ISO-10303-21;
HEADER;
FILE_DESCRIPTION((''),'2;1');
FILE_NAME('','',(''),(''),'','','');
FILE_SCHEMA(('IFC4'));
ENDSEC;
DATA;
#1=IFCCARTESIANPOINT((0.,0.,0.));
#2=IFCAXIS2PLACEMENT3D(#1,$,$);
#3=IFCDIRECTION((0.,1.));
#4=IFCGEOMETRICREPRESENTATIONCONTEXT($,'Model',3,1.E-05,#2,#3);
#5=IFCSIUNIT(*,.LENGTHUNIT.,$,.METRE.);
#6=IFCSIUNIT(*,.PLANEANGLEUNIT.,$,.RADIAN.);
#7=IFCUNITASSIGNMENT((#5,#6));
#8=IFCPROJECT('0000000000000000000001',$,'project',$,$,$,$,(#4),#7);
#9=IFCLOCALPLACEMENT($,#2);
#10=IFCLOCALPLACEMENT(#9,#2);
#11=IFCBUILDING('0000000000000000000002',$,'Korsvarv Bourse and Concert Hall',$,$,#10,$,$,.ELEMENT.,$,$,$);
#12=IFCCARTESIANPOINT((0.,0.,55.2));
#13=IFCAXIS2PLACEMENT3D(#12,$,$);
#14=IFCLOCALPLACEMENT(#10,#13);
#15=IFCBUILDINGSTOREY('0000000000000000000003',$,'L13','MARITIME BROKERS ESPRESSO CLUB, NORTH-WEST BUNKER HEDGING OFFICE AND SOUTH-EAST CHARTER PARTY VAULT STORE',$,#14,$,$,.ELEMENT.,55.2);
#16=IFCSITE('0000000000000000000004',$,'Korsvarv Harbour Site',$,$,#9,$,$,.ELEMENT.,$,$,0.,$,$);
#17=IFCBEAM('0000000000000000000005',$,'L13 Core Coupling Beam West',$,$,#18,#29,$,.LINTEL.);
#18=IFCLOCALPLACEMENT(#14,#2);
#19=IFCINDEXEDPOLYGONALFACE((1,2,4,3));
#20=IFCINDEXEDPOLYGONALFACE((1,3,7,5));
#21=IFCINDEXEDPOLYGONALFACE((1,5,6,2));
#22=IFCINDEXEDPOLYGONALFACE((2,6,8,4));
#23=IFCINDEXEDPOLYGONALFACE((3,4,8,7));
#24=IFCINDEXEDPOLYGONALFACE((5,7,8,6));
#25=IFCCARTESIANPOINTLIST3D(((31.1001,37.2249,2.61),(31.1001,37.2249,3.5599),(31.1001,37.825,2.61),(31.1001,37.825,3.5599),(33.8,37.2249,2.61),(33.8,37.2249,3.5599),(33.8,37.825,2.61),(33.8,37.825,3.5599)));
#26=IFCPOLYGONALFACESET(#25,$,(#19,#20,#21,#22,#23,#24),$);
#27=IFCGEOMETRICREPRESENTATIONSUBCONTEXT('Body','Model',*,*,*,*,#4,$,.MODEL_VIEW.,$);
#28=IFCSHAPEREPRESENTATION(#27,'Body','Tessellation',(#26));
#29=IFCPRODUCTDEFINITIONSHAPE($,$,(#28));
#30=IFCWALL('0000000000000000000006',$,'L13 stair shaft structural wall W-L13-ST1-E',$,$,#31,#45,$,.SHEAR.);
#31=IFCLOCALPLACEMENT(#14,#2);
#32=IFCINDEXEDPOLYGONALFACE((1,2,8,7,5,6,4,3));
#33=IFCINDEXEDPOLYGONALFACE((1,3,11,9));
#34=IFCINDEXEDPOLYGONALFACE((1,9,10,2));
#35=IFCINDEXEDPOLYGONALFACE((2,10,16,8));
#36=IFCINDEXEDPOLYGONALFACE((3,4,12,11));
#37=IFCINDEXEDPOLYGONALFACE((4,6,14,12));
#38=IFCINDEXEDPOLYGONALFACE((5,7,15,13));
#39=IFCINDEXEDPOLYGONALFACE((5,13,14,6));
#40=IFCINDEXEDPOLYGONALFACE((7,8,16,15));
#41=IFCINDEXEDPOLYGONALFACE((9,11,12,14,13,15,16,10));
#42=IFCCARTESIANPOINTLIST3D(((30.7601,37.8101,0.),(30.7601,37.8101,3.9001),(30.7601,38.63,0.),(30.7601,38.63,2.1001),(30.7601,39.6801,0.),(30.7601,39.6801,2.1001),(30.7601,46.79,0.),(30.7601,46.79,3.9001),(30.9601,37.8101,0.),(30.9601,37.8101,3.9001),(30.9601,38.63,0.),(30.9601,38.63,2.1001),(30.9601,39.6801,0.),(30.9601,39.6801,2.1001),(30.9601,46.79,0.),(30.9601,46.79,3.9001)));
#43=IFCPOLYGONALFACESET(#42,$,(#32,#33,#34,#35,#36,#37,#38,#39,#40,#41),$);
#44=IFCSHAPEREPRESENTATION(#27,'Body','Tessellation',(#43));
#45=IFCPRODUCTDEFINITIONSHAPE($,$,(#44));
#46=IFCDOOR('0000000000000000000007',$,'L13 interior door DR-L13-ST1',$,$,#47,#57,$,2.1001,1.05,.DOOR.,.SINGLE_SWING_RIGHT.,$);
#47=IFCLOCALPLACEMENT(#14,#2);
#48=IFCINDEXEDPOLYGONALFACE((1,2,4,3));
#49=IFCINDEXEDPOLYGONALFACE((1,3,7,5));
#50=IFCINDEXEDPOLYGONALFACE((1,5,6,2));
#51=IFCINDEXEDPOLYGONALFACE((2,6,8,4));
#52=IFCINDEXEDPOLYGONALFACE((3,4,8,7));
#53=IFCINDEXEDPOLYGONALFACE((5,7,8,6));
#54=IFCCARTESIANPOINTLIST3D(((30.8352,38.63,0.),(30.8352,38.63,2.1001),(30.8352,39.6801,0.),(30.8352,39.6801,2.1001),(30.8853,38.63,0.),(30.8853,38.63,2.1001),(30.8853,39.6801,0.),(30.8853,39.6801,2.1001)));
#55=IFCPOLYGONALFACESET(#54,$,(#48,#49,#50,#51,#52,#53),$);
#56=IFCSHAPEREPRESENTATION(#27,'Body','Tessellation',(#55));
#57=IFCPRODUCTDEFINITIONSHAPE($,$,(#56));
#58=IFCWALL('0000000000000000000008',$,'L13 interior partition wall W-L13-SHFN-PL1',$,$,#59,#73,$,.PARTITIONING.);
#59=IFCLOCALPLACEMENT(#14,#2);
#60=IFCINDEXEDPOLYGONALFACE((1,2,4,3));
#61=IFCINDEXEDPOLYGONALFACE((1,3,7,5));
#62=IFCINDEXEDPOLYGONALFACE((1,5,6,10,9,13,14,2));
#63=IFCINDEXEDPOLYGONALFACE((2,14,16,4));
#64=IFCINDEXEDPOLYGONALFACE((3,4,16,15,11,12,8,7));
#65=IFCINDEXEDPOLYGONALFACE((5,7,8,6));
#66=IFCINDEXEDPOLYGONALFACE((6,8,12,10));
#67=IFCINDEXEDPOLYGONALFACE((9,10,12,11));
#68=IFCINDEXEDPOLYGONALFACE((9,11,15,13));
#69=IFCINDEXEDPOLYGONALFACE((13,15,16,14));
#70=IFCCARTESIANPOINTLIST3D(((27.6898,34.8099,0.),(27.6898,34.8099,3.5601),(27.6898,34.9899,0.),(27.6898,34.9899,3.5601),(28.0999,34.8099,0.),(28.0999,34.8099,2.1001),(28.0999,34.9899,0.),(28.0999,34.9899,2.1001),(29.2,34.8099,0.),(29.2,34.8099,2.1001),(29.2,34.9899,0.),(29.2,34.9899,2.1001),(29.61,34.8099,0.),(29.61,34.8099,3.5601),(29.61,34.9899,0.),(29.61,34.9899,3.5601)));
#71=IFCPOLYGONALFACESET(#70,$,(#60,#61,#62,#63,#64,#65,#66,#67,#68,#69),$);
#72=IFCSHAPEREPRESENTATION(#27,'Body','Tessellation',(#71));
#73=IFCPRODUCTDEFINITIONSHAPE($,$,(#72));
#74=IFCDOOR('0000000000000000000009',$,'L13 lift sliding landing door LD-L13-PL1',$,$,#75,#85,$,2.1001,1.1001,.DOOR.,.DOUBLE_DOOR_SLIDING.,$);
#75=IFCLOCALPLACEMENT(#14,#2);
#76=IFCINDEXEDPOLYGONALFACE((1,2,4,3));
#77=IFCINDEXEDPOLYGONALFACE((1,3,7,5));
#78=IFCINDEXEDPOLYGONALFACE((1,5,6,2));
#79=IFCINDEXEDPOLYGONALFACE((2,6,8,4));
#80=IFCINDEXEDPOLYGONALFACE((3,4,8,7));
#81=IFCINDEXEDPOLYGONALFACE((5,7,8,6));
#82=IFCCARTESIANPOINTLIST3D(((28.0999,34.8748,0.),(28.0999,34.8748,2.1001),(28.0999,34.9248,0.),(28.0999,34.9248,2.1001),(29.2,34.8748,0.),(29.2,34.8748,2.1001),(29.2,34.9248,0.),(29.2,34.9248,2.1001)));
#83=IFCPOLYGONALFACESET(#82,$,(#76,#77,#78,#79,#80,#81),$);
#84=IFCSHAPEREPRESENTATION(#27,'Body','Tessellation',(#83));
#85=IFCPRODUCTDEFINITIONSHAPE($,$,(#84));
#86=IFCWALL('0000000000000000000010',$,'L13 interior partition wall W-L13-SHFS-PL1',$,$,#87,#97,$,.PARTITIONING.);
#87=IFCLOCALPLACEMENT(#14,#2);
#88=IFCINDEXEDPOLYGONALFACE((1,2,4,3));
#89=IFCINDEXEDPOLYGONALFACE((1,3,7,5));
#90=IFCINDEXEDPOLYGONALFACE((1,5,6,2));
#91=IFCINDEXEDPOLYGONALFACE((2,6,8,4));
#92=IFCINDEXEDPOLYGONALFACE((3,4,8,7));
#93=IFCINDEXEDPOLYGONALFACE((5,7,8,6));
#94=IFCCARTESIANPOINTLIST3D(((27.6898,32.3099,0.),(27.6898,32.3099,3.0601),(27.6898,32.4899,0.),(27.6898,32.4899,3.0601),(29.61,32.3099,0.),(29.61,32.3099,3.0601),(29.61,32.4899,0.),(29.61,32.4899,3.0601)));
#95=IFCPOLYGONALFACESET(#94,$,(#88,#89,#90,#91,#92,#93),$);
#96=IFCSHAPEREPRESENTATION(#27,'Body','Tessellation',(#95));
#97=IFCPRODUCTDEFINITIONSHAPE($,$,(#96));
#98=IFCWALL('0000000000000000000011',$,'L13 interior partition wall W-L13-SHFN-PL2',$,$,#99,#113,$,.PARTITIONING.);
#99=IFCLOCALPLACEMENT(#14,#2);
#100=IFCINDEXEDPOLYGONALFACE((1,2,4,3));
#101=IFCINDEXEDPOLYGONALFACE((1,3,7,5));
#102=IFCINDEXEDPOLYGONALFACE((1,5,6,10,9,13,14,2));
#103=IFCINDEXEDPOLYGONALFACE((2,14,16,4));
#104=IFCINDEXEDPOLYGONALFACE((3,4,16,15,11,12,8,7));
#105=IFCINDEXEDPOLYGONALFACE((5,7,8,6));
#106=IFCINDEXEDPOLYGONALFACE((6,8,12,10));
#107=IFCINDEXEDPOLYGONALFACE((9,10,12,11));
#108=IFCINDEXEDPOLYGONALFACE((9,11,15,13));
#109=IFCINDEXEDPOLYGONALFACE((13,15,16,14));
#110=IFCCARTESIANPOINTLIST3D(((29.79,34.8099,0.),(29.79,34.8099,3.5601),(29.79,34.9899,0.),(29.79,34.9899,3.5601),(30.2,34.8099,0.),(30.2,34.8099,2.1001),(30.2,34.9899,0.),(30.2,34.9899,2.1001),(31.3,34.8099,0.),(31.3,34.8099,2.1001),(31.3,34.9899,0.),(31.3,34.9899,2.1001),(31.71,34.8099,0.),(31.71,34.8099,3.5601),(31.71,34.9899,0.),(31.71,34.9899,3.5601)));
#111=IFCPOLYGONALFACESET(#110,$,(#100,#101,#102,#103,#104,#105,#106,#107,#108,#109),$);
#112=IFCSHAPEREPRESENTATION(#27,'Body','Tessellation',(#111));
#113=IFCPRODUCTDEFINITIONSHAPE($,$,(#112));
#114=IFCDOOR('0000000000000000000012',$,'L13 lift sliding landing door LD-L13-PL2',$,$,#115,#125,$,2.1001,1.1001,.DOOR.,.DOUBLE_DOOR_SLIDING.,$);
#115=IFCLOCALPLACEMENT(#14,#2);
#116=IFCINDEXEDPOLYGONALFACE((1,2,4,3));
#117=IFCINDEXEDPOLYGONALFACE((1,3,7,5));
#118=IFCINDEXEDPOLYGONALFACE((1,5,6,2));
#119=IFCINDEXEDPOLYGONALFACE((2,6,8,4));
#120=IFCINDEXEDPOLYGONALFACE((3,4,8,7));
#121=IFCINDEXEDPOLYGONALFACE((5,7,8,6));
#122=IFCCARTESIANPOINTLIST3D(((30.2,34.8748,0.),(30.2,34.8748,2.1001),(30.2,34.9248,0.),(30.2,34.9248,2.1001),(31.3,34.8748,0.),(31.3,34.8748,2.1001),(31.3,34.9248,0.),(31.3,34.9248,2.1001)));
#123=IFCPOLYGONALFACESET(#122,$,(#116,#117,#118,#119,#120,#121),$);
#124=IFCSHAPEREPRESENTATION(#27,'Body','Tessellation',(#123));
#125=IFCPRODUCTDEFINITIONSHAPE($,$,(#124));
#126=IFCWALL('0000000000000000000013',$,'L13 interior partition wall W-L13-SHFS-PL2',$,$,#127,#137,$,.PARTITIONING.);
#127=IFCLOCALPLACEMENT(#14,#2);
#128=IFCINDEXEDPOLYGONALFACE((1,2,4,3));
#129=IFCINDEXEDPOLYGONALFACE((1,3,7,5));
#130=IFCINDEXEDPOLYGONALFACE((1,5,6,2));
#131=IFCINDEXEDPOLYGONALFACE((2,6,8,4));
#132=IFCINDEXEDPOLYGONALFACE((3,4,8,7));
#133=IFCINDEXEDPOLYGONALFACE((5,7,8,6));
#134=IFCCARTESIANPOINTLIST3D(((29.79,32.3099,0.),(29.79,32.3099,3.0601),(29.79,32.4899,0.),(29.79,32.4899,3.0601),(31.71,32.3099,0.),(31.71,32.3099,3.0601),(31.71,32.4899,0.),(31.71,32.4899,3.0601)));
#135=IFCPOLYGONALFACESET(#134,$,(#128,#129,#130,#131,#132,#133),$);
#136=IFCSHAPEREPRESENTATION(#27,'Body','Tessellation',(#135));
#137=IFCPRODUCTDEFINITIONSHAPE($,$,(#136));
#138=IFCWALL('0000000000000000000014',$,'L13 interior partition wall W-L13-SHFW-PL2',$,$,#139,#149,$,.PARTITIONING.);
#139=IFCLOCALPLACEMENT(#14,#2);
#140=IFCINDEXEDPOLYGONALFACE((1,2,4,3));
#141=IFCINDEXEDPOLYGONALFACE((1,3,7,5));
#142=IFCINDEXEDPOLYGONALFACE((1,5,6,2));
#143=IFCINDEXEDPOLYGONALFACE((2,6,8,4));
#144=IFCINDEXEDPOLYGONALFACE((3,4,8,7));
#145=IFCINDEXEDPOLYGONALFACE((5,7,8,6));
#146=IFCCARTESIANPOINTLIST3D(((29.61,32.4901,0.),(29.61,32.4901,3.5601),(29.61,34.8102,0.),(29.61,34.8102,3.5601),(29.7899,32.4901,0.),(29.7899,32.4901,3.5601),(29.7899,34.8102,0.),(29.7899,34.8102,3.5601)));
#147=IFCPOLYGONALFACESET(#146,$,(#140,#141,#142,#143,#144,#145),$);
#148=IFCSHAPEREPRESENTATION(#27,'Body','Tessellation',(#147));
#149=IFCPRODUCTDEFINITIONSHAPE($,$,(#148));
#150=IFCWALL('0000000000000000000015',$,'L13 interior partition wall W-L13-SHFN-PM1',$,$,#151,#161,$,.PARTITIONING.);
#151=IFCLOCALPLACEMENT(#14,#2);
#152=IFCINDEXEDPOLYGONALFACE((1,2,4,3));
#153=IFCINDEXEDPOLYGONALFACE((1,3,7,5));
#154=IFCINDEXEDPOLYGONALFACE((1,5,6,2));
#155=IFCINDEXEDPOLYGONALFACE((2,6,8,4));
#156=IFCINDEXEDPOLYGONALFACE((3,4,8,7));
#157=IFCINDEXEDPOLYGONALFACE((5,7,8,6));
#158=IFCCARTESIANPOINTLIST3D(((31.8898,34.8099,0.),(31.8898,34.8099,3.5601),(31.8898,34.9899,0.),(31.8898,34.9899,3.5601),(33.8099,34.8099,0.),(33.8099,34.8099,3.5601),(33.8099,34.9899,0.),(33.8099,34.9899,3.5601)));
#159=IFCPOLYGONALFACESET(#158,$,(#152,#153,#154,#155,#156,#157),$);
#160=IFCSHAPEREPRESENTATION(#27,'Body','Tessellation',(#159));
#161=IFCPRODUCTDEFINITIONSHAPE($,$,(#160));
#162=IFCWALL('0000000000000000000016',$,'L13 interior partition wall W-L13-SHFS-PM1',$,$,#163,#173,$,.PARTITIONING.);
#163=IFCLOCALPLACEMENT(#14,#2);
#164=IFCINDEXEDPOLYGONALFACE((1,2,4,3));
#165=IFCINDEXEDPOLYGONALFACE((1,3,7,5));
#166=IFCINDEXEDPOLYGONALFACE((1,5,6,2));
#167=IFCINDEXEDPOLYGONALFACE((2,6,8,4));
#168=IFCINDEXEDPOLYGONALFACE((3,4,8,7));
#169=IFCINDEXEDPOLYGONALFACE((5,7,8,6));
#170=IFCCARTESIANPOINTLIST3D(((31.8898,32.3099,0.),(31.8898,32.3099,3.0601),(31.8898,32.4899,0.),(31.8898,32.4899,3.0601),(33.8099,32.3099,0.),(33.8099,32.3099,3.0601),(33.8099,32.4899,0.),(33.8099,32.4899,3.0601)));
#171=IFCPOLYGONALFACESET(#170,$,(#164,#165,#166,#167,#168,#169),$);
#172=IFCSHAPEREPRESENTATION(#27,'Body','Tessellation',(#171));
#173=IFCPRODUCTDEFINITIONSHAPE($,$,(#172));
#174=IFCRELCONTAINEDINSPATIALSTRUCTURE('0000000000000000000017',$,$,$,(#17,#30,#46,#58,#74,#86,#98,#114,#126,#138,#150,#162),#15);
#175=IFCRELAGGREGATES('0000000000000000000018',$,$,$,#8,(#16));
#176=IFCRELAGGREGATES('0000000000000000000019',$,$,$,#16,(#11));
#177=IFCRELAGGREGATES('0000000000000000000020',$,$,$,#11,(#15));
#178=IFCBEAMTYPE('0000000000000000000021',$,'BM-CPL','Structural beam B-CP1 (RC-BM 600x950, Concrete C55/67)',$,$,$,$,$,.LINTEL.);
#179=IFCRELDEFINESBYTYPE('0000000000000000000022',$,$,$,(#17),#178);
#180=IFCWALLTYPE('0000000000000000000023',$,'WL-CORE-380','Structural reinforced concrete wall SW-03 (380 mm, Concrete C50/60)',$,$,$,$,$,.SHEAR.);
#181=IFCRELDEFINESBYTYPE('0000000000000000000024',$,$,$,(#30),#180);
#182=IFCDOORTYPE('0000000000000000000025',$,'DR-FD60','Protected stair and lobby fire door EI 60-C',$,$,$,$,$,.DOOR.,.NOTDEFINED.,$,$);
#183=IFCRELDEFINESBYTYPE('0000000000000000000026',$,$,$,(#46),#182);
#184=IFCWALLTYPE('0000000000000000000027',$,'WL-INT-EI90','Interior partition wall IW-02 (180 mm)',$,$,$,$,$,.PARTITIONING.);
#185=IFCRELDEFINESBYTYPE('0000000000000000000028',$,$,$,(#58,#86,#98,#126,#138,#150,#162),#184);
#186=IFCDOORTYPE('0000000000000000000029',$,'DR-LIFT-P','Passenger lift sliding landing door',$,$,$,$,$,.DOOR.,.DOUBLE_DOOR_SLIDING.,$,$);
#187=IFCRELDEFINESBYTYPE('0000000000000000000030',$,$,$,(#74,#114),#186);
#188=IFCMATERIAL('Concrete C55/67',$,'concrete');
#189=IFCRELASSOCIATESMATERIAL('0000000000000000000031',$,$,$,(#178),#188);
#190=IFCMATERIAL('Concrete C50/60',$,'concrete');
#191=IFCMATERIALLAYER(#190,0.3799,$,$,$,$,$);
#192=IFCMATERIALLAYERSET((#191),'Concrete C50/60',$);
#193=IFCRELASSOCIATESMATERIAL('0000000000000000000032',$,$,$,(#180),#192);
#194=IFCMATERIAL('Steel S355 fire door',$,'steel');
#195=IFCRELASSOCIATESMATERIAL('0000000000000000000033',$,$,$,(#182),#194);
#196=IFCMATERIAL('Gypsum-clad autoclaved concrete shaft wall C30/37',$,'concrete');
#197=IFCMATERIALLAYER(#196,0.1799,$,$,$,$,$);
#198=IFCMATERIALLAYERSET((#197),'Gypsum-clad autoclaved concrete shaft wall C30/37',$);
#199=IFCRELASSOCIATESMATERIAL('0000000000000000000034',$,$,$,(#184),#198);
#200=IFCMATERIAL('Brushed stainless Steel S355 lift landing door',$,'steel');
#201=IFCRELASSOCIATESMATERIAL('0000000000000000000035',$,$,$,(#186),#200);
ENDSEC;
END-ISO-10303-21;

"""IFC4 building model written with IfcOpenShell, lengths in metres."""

from ifc_helpers import new_model, si_unit, direction, frame, frame_2d, origin, origin_2d, place, context, subcontext, project, spatial, rectangle, extrude, source, transform, mapped, material, layer, layer_set, material_profile, profile_set, type_object, element, fill, save


model = new_model("IFC4")

# Units and contexts
model_context = context("Model", 3, precision=1e-05, world=origin(), true_north=direction((0.0, 1.0)))
body_context = subcontext(model_context, "Body", "Model", "MODEL_VIEW")
ifc_project = project(units=[si_unit("LENGTHUNIT", "METRE"), si_unit("PLANEANGLEUNIT", "RADIAN")], contexts=[model_context])

# Site, building, storey
site_placement = place(None, origin())
site = spatial("IfcSite", under=ifc_project, at=site_placement, Name="Korsvarv Harbour Site", CompositionType="ELEMENT", RefElevation=0.0)
building_placement = place(site_placement, origin())
building = spatial("IfcBuilding", under=site, at=building_placement, Name="Korsvarv Bourse and Concert Hall", CompositionType="ELEMENT")
storey_placement = place(building_placement, frame((0.0, 0.0, 55.2)))
storey = spatial("IfcBuildingStorey", under=building, at=storey_placement, Name="L13", Description="MARITIME BROKERS ESPRESSO CLUB, NORTH-WEST BUNKER HEDGING OFFICE AND SOUTH-EAST CHARTER PARTY VAULT STORE", CompositionType="ELEMENT", Elevation=55.2)

# Beam
ifc_material_1 = material(Name="Concrete C55/67", Category="concrete")
ifc_material_profile = material_profile(ifc_material_1, rectangle(XDim=0.6001, YDim=0.95, at=origin_2d()), Name="RC-BM 600x950")
ifc_profile_set = profile_set([ifc_material_profile], Name="Concrete C55/67")
beam_type = type_object("IfcBeamType", Name="BM-CPL", Description="Structural beam B-CP1 (RC-BM 600x950, Concrete C55/67)", PredefinedType="LINTEL", material=ifc_profile_set)
shared_shape = source(origin(), body_context, "Body", "SweptSolid", [
    extrude(rectangle(XDim=0.6001, YDim=0.95, at=origin_2d()), origin(), (0.0, 0.0, 1.0), 2.7),
])
beam_placement = place(storey_placement, frame((31.1001, 37.5249, 3.085), z_axis=(1.0, 0.0, 0.0), x_axis=(0.0, 1.0, 0.0)))
element("IfcBeam", 1, at=beam_placement, inside=storey, type_object=beam_type, Name="L13 Core Coupling Beam West", PredefinedType="LINTEL", context=body_context, shape_type="MappedRepresentation", body=[
    mapped(shared_shape, transform((0.0, 0.0, 0.0), scale=1.0)),
])

# Walls, openings, doors
ifc_material_2 = material(Name="Concrete C50/60", Category="concrete")
ifc_layer_1 = layer(ifc_material_2, 0.3799)
ifc_layer_set_1 = layer_set([ifc_layer_1], Name="Concrete C50/60")
wall_type_1 = type_object("IfcWallType", Name="WL-CORE-380", Description="Structural reinforced concrete wall SW-03 (380 mm, Concrete C50/60)", PredefinedType="SHEAR", material=ifc_layer_set_1)
wall_1_placement = place(storey_placement, frame((30.8601, 37.8101, 0.0), z_axis=(0.0, 0.0, 1.0), x_axis=(0.0, 1.0, 0.0)))
wall_1 = element("IfcWall", 2, at=wall_1_placement, inside=storey, type_object=wall_type_1, Name="L13 stair shaft structural wall W-L13-ST1-E", PredefinedType="SHEAR", context=body_context, shape_type="SweptSolid", body=[
    extrude(rectangle(XDim=8.98, YDim=0.2, at=frame_2d((4.49, 0.0))), origin(), (0.0, 0.0, 1.0), 3.9001),
])
opening_1_placement = place(wall_1_placement, frame((0.8201, 0.0, 0.0)))
opening_1 = element("IfcOpeningElement", 3, at=opening_1_placement, cuts=wall_1, PredefinedType="OPENING", context=body_context, shape_type="SweptSolid", body=[
    extrude(rectangle(XDim=1.05, YDim=2.1001, at=frame_2d((0.5249, 1.05))), frame((0.0, 0.1099, 0.0), z_axis=(0.0, -1.0, 0.0), x_axis=(1.0, 0.0, 0.0)), (0.0, 0.0, 1.0), 0.22),
])
ifc_material_3 = material(Name="Steel S355 fire door", Category="steel")
door_type_1 = type_object("IfcDoorType", Name="DR-FD60", Description="Protected stair and lobby fire door EI 60-C", OperationType="NOTDEFINED", PredefinedType="DOOR", material=ifc_material_3)
door_1_placement = place(opening_1_placement, origin())
door_1 = element("IfcDoor", 4, at=door_1_placement, inside=storey, type_object=door_type_1, Name="L13 interior door DR-L13-ST1", OperationType="SINGLE_SWING_RIGHT", OverallHeight=2.1001, OverallWidth=1.05, PredefinedType="DOOR", context=body_context, shape_type="SweptSolid", body=[
    extrude(rectangle(XDim=1.05, YDim=2.1001, at=frame_2d((0.5249, 1.05))), frame((0.0, 0.0249, 0.0), z_axis=(0.0, -1.0, 0.0), x_axis=(1.0, 0.0, 0.0)), (0.0, 0.0, 1.0), 0.05),
])
fill(opening_1, door_1)
ifc_material_4 = material(Name="Gypsum-clad autoclaved concrete shaft wall C30/37", Category="concrete")
ifc_layer_2 = layer(ifc_material_4, 0.1799)
ifc_layer_set_2 = layer_set([ifc_layer_2], Name="Gypsum-clad autoclaved concrete shaft wall C30/37")
wall_type_2 = type_object("IfcWallType", Name="WL-INT-EI90", Description="Interior partition wall IW-02 (180 mm)", PredefinedType="PARTITIONING", material=ifc_layer_set_2)
wall_2_placement = place(storey_placement, frame((27.6899, 34.8999, 0.0), z_axis=(0.0, 0.0, 1.0), x_axis=(1.0, 0.0, 0.0)))
wall_2 = element("IfcWall", 5, at=wall_2_placement, inside=storey, type_object=wall_type_2, Name="L13 interior partition wall W-L13-SHFN-PL1", PredefinedType="PARTITIONING", context=body_context, shape_type="SweptSolid", body=[
    extrude(rectangle(XDim=1.9202, YDim=0.1799, at=frame_2d((0.96, 0.0))), origin(), (0.0, 0.0, 1.0), 3.5601),
])
opening_2_placement = place(wall_2_placement, frame((0.4099, 0.0, 0.0)))
opening_2 = element("IfcOpeningElement", 6, at=opening_2_placement, cuts=wall_2, PredefinedType="OPENING", context=body_context, shape_type="SweptSolid", body=[
    extrude(rectangle(XDim=1.1001, YDim=2.1001, at=frame_2d((0.55, 1.05))), frame((0.0, 0.1001, 0.0), z_axis=(0.0, -1.0, 0.0), x_axis=(1.0, 0.0, 0.0)), (0.0, 0.0, 1.0), 0.2),
])
ifc_material_5 = material(Name="Brushed stainless Steel S355 lift landing door", Category="steel")
door_type_2 = type_object("IfcDoorType", Name="DR-LIFT-P", Description="Passenger lift sliding landing door", OperationType="DOUBLE_DOOR_SLIDING", PredefinedType="DOOR", material=ifc_material_5)
door_2_placement = place(opening_2_placement, origin())
door_2 = element("IfcDoor", 7, at=door_2_placement, inside=storey, type_object=door_type_2, Name="L13 lift sliding landing door LD-L13-PL1", OperationType="DOUBLE_DOOR_SLIDING", OverallHeight=2.1001, OverallWidth=1.1001, PredefinedType="DOOR", context=body_context, shape_type="SweptSolid", body=[
    extrude(rectangle(XDim=1.1001, YDim=2.1001, at=frame_2d((0.55, 1.05))), frame((0.0, 0.0249, 0.0), z_axis=(0.0, -1.0, 0.0), x_axis=(1.0, 0.0, 0.0)), (0.0, 0.0, 1.0), 0.05),
])
fill(opening_2, door_2)

# Wall
wall_3_placement = place(storey_placement, frame((27.6899, 32.3999, 0.0), z_axis=(0.0, 0.0, 1.0), x_axis=(1.0, 0.0, 0.0)))
element("IfcWall", 8, at=wall_3_placement, inside=storey, type_object=wall_type_2, Name="L13 interior partition wall W-L13-SHFS-PL1", PredefinedType="PARTITIONING", context=body_context, shape_type="SweptSolid", body=[
    extrude(rectangle(XDim=1.9202, YDim=0.1799, at=frame_2d((0.96, 0.0))), origin(), (0.0, 0.0, 1.0), 3.0601),
])

# Wall, opening, door
wall_4_placement = place(storey_placement, frame((29.79, 34.8999, 0.0), z_axis=(0.0, 0.0, 1.0), x_axis=(1.0, 0.0, 0.0)))
wall_4 = element("IfcWall", 9, at=wall_4_placement, inside=storey, type_object=wall_type_2, Name="L13 interior partition wall W-L13-SHFN-PL2", PredefinedType="PARTITIONING", context=body_context, shape_type="SweptSolid", body=[
    extrude(rectangle(XDim=1.9199, YDim=0.1799, at=frame_2d((0.96, 0.0))), origin(), (0.0, 0.0, 1.0), 3.5601),
])
opening_3_placement = place(wall_4_placement, frame((0.4099, 0.0, 0.0)))
opening_3 = element("IfcOpeningElement", 10, at=opening_3_placement, cuts=wall_4, PredefinedType="OPENING", context=body_context, shape_type="SweptSolid", body=[
    extrude(rectangle(XDim=1.1001, YDim=2.1001, at=frame_2d((0.55, 1.05))), frame((0.0, 0.1001, 0.0), z_axis=(0.0, -1.0, 0.0), x_axis=(1.0, 0.0, 0.0)), (0.0, 0.0, 1.0), 0.2),
])
door_3_placement = place(opening_3_placement, origin())
door_3 = element("IfcDoor", 11, at=door_3_placement, inside=storey, type_object=door_type_2, Name="L13 lift sliding landing door LD-L13-PL2", OperationType="DOUBLE_DOOR_SLIDING", OverallHeight=2.1001, OverallWidth=1.1001, PredefinedType="DOOR", context=body_context, shape_type="SweptSolid", body=[
    extrude(rectangle(XDim=1.1001, YDim=2.1001, at=frame_2d((0.55, 1.05))), frame((0.0, 0.0249, 0.0), z_axis=(0.0, -1.0, 0.0), x_axis=(1.0, 0.0, 0.0)), (0.0, 0.0, 1.0), 0.05),
])
fill(opening_3, door_3)

# Walls
wall_5_placement = place(storey_placement, frame((29.79, 32.3999, 0.0), z_axis=(0.0, 0.0, 1.0), x_axis=(1.0, 0.0, 0.0)))
element("IfcWall", 12, at=wall_5_placement, inside=storey, type_object=wall_type_2, Name="L13 interior partition wall W-L13-SHFS-PL2", PredefinedType="PARTITIONING", context=body_context, shape_type="SweptSolid", body=[
    extrude(rectangle(XDim=1.9199, YDim=0.1799, at=frame_2d((0.96, 0.0))), origin(), (0.0, 0.0, 1.0), 3.0601),
])
wall_6_placement = place(storey_placement, frame((29.7, 32.49, 0.0), z_axis=(0.0, 0.0, 1.0), x_axis=(0.0, 1.0, 0.0)))
element("IfcWall", 13, at=wall_6_placement, inside=storey, type_object=wall_type_2, Name="L13 interior partition wall W-L13-SHFW-PL2", PredefinedType="PARTITIONING", context=body_context, shape_type="SweptSolid", body=[
    extrude(rectangle(XDim=2.3201, YDim=0.1799, at=frame_2d((1.1602, 0.0))), origin(), (0.0, 0.0, 1.0), 3.5601),
])
wall_7_placement = place(storey_placement, frame((31.8899, 34.8999, 0.0), z_axis=(0.0, 0.0, 1.0), x_axis=(1.0, 0.0, 0.0)))
element("IfcWall", 14, at=wall_7_placement, inside=storey, type_object=wall_type_2, Name="L13 interior partition wall W-L13-SHFN-PM1", PredefinedType="PARTITIONING", context=body_context, shape_type="SweptSolid", body=[
    extrude(rectangle(XDim=1.9202, YDim=0.1799, at=frame_2d((0.96, 0.0))), origin(), (0.0, 0.0, 1.0), 3.5601),
])
wall_8_placement = place(storey_placement, frame((31.8899, 32.3999, 0.0), z_axis=(0.0, 0.0, 1.0), x_axis=(1.0, 0.0, 0.0)))
element("IfcWall", 15, at=wall_8_placement, inside=storey, type_object=wall_type_2, Name="L13 interior partition wall W-L13-SHFS-PM1", PredefinedType="PARTITIONING", context=body_context, shape_type="SweptSolid", body=[
    extrude(rectangle(XDim=1.9202, YDim=0.1799, at=frame_2d((0.96, 0.0))), origin(), (0.0, 0.0, 1.0), 3.0601),
])

save(model, "model.ifc")
